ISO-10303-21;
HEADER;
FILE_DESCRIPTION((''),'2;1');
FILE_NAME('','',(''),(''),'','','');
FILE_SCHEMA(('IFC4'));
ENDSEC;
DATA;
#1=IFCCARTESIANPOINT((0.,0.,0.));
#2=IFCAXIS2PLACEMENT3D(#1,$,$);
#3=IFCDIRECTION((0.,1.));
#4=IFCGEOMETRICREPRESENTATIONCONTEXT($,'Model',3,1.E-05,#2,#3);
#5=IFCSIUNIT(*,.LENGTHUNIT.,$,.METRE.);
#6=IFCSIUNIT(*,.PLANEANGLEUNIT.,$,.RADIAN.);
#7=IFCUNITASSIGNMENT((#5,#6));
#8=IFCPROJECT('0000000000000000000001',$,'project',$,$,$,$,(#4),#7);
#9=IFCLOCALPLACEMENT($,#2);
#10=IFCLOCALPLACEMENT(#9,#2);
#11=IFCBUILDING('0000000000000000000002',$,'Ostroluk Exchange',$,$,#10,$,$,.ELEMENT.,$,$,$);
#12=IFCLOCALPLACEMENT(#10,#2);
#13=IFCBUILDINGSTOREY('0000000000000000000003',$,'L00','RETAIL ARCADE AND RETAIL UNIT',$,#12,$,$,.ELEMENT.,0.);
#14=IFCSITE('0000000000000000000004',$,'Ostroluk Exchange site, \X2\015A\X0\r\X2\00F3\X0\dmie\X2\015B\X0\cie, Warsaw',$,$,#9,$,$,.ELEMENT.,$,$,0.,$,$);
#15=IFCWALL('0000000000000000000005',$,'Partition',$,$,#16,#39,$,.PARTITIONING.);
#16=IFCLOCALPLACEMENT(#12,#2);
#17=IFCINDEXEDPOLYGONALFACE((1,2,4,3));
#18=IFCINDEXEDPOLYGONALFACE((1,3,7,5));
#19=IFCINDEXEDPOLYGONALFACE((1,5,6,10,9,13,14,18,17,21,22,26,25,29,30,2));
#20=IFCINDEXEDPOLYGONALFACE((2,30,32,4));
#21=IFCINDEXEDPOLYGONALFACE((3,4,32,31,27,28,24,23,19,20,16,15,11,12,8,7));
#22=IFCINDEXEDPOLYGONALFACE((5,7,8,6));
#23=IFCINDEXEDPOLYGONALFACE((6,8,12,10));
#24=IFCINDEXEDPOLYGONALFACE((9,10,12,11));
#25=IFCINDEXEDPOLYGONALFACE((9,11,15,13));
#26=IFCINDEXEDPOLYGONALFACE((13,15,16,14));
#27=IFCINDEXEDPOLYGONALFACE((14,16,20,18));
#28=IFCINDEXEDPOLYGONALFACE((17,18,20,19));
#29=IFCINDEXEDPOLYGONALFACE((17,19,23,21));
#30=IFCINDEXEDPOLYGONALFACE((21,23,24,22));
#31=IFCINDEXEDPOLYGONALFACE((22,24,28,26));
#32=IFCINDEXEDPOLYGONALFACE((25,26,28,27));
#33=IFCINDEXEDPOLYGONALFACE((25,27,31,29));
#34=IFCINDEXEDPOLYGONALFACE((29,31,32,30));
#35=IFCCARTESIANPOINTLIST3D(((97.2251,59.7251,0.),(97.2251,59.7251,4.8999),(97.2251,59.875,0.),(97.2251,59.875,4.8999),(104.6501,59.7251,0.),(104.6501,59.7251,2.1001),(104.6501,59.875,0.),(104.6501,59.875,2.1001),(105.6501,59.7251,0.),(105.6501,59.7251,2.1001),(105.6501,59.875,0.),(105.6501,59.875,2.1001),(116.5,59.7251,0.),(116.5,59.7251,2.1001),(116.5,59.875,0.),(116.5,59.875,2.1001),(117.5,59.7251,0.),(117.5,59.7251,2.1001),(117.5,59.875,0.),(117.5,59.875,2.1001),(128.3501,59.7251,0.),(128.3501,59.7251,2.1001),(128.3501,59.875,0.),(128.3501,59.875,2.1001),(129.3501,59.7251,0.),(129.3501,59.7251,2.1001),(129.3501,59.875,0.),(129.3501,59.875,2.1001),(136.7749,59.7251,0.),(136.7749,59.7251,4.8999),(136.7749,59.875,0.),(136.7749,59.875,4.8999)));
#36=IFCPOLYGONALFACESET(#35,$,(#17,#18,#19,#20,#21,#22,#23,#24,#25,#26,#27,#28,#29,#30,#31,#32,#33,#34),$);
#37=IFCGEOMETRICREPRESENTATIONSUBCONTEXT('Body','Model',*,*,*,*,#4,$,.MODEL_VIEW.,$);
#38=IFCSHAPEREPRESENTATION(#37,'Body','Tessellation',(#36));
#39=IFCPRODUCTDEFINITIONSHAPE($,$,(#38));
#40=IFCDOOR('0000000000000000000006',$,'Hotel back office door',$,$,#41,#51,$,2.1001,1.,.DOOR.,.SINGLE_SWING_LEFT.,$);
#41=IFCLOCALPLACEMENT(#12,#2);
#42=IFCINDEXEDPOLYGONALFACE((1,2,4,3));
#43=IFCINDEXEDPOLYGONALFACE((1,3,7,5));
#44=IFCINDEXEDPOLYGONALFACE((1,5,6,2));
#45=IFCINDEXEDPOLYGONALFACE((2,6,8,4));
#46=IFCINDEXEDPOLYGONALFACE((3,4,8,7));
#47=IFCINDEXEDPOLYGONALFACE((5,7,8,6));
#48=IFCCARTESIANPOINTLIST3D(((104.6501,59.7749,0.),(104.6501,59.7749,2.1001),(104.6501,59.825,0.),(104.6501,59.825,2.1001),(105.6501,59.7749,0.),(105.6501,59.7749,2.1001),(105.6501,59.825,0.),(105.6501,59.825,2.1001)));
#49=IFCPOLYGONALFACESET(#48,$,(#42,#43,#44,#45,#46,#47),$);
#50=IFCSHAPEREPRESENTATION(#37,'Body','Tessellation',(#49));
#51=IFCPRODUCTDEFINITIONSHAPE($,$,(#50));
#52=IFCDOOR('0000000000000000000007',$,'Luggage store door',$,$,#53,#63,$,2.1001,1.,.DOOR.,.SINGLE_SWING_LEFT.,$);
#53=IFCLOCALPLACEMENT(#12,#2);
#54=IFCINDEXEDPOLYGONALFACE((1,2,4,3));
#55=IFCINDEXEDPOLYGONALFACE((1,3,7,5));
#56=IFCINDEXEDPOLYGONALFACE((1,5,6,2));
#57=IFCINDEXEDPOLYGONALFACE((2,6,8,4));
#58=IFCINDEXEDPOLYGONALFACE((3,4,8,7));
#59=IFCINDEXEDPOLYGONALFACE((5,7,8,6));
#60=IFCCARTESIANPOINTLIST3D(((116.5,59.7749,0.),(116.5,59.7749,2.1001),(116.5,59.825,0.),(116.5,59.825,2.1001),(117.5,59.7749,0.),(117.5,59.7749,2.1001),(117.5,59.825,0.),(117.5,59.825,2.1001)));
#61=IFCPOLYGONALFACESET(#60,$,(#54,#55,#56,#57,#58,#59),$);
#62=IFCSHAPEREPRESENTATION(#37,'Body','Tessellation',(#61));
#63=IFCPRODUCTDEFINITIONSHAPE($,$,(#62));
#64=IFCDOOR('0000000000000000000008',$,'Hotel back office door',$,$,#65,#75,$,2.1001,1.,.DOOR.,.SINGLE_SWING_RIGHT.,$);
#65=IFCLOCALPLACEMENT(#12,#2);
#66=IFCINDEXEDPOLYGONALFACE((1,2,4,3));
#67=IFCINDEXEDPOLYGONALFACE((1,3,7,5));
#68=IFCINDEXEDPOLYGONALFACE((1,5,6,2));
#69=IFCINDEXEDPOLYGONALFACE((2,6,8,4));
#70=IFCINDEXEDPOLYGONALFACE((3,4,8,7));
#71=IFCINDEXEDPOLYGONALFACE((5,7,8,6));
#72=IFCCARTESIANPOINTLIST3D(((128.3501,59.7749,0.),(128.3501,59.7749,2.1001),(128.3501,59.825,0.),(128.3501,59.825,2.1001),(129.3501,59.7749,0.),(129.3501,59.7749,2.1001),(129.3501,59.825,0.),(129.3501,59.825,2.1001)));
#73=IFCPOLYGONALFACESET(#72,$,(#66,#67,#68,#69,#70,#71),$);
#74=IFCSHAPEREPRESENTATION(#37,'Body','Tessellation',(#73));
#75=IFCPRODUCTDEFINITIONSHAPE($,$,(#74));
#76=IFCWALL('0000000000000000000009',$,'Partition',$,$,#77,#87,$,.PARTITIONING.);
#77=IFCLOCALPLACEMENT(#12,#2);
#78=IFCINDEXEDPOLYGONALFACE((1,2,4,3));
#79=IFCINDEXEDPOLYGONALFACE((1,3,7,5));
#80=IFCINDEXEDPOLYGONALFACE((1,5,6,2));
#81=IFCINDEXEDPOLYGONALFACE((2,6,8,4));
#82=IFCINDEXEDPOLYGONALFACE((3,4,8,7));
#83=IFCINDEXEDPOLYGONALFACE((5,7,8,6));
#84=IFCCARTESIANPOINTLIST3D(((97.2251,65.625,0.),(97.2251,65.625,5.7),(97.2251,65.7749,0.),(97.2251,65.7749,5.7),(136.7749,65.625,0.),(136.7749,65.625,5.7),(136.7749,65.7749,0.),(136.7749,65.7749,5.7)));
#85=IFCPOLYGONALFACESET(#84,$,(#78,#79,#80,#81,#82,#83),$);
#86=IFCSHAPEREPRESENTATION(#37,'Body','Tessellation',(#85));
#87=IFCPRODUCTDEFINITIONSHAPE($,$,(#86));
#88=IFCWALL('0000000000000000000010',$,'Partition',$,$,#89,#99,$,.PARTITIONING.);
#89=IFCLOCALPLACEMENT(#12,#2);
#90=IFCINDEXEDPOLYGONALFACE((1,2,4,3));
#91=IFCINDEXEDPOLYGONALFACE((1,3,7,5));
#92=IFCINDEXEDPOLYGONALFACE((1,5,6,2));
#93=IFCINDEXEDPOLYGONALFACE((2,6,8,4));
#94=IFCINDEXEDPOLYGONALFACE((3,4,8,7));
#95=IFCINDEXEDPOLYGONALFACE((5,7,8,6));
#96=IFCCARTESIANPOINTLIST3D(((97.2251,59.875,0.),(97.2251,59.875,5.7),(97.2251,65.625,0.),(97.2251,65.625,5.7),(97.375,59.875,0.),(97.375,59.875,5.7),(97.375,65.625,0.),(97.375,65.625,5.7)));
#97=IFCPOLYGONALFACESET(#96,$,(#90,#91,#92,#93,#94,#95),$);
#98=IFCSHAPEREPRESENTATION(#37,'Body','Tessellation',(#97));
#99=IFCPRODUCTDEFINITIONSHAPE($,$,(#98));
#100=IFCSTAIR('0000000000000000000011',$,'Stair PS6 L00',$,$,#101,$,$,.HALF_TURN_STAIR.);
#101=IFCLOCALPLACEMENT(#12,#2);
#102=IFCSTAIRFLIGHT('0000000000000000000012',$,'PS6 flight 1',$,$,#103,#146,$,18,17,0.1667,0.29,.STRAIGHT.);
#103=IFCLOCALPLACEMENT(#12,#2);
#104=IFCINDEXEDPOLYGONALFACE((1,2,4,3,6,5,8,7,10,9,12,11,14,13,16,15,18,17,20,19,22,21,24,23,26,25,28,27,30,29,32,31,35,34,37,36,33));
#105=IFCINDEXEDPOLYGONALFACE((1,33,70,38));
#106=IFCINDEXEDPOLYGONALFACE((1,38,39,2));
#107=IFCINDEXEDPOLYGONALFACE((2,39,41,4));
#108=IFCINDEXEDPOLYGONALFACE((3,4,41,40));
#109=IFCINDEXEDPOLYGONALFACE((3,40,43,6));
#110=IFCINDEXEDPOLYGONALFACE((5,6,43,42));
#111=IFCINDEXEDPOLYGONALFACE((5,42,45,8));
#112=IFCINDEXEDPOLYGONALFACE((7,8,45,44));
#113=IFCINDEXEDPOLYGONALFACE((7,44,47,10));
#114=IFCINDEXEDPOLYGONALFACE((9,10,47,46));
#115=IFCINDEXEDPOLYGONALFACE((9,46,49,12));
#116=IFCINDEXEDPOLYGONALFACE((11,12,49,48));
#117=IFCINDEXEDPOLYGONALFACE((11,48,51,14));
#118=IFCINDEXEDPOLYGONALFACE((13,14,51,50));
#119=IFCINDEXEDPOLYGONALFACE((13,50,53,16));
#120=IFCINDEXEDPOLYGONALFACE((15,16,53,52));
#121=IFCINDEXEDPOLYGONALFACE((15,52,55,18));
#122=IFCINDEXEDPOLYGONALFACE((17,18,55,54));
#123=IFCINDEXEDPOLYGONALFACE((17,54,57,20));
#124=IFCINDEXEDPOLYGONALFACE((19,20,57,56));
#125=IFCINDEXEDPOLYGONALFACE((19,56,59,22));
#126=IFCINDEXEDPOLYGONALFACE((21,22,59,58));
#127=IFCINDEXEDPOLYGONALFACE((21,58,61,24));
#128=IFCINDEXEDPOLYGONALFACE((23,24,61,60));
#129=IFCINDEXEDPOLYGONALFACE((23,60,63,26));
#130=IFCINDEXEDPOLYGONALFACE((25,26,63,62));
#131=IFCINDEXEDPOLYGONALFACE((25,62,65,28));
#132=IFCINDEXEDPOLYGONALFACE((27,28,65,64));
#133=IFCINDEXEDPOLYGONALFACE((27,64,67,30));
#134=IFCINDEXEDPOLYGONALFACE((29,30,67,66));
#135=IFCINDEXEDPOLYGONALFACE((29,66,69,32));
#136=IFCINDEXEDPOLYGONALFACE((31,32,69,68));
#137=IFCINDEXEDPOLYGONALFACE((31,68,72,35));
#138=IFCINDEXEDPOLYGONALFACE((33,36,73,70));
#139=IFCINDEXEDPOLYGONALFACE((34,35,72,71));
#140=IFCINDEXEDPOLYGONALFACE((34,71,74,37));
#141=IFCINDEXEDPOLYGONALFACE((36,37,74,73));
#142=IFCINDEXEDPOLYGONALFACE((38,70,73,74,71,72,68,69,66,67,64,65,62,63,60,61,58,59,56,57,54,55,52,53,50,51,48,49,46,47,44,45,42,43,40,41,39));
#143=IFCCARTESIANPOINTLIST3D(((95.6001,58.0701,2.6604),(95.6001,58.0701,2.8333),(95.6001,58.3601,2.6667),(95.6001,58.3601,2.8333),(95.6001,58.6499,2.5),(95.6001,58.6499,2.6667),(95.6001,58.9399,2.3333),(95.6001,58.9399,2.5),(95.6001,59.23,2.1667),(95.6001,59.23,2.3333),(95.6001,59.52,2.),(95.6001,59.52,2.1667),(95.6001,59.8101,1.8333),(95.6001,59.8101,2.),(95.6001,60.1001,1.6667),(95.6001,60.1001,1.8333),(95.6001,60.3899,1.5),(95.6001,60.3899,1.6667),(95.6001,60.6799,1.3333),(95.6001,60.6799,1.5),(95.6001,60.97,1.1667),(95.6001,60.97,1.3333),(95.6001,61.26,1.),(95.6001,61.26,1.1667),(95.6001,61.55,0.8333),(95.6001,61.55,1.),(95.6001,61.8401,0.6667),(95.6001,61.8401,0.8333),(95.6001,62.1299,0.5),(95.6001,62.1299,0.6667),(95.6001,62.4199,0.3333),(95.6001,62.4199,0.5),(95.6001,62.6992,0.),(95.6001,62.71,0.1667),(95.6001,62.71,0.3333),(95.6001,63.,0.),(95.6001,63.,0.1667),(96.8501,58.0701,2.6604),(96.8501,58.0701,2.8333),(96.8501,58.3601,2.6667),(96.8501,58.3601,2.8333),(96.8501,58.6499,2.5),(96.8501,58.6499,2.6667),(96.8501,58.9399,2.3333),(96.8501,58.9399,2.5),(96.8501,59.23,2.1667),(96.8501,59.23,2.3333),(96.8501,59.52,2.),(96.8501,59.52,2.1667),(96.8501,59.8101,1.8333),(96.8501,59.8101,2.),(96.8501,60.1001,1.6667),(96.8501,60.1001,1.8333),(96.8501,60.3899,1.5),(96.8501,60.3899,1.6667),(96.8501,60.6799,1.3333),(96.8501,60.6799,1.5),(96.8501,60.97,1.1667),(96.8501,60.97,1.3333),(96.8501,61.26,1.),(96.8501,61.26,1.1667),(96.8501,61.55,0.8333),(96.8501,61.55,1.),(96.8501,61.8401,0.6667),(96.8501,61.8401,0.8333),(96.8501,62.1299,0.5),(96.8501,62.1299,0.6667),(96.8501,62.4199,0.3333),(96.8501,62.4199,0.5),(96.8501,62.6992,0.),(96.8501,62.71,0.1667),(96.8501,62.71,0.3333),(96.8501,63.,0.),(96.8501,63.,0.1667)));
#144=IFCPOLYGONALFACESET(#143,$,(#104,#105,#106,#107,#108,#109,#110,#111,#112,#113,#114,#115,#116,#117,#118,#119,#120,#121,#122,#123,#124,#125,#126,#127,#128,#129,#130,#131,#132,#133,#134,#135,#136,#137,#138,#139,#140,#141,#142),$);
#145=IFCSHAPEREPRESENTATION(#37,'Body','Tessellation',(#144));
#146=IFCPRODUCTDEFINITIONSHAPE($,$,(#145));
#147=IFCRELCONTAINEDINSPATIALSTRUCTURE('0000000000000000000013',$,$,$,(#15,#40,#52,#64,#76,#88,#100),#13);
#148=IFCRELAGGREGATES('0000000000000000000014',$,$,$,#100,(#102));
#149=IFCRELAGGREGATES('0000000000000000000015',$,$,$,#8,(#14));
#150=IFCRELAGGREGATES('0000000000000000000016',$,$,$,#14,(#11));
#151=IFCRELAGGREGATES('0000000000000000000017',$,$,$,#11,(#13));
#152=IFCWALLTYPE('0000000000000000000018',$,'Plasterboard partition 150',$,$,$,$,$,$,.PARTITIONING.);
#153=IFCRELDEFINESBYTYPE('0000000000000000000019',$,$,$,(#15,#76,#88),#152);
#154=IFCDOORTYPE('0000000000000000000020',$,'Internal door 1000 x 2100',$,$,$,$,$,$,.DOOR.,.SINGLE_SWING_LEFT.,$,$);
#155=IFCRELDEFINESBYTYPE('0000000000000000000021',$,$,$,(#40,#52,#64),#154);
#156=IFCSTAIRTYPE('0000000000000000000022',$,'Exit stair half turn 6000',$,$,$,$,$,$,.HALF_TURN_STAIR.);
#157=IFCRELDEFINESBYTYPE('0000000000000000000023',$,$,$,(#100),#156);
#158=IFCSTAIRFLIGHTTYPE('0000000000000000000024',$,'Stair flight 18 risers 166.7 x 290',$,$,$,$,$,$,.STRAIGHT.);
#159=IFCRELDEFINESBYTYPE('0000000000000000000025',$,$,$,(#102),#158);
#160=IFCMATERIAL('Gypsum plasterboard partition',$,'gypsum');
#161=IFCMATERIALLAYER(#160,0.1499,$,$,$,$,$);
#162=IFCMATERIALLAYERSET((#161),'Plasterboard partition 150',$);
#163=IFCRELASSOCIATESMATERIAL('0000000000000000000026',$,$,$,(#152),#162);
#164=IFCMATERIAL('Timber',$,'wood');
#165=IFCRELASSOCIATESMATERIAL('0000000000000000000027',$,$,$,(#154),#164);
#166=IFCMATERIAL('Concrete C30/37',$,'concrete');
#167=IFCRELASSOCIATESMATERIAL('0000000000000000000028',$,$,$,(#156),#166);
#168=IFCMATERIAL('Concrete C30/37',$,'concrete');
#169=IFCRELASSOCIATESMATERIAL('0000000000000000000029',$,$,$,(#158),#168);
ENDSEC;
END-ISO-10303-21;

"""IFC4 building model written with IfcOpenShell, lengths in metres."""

from ifc_helpers import new_model, si_unit, direction, frame, frame_2d, origin, place, context, subcontext, project, spatial, polyline, rectangle, outline, extrude, material, layer, layer_set, type_object, element, fill, aggregate, save


model = new_model("IFC4")

# Units and contexts
model_context = context("Model", 3, precision=1e-05, world=origin(), true_north=direction((0.0, 1.0)))
body_context = subcontext(model_context, "Body", "Model", "MODEL_VIEW")
ifc_project = project(units=[si_unit("LENGTHUNIT", "METRE"), si_unit("PLANEANGLEUNIT", "RADIAN")], contexts=[model_context])

# Site, building, storey
site_placement = place(None, origin())
site = spatial("IfcSite", under=ifc_project, at=site_placement, Name="Ostroluk Exchange site, Śródmieście, Warsaw", CompositionType="ELEMENT", RefElevation=0.0)
building_placement = place(site_placement, origin())
building = spatial("IfcBuilding", under=site, at=building_placement, Name="Ostroluk Exchange", CompositionType="ELEMENT")
storey_placement = place(building_placement, origin())
storey = spatial("IfcBuildingStorey", under=building, at=storey_placement, Name="L00", Description="RETAIL ARCADE AND RETAIL UNIT", CompositionType="ELEMENT", Elevation=0.0)

# Wall, openings, doors
ifc_material_1 = material(Name="Gypsum plasterboard partition", Category="gypsum")
ifc_layer_1 = layer(ifc_material_1, 0.1499)
ifc_layer_set_1 = layer_set([ifc_layer_1], Name="Plasterboard partition 150")
wall_type_1 = type_object("IfcWallType", Name="Plasterboard partition 150", PredefinedType="PARTITIONING", material=ifc_layer_set_1)
wall_1_placement = place(storey_placement, frame((97.2251, 59.8, 0.0), z_axis=(0.0, 0.0, 1.0), x_axis=(1.0, 0.0, 0.0)))
wall_1 = element("IfcWall", 1, at=wall_1_placement, inside=storey, type_object=wall_type_1, Name="Partition", PredefinedType="PARTITIONING", context=body_context, shape_type="SweptSolid", body=[
    extrude(rectangle(XDim=39.5498, YDim=0.1499, at=frame_2d((19.7749, 0.0))), origin(), (0.0, 0.0, 1.0), 4.8999),
])
opening_1_placement = place(wall_1_placement, frame((7.425, 0.0, 0.0)))
opening_1 = element("IfcOpeningElement", 2, at=opening_1_placement, cuts=wall_1, PredefinedType="OPENING", context=body_context, shape_type="SweptSolid", body=[
    extrude(rectangle(XDim=1.0, YDim=2.1001, at=frame_2d((0.5, 1.05))), frame((0.0, 0.085, 0.0), z_axis=(0.0, -1.0, 0.0), x_axis=(1.0, 0.0, 0.0)), (0.0, 0.0, 1.0), 0.1699),
])
opening_2_placement = place(wall_1_placement, frame((19.2749, 0.0, 0.0)))
opening_2 = element("IfcOpeningElement", 3, at=opening_2_placement, cuts=wall_1, PredefinedType="OPENING", context=body_context, shape_type="SweptSolid", body=[
    extrude(rectangle(XDim=1.0, YDim=2.1001, at=frame_2d((0.5, 1.05))), frame((0.0, 0.085, 0.0), z_axis=(0.0, -1.0, 0.0), x_axis=(1.0, 0.0, 0.0)), (0.0, 0.0, 1.0), 0.1699),
])
opening_3_placement = place(wall_1_placement, frame((31.125, 0.0, 0.0)))
opening_3 = element("IfcOpeningElement", 4, at=opening_3_placement, cuts=wall_1, PredefinedType="OPENING", context=body_context, shape_type="SweptSolid", body=[
    extrude(rectangle(XDim=1.0, YDim=2.1001, at=frame_2d((0.5, 1.05))), frame((0.0, 0.085, 0.0), z_axis=(0.0, -1.0, 0.0), x_axis=(1.0, 0.0, 0.0)), (0.0, 0.0, 1.0), 0.1699),
])
ifc_material_2 = material(Name="Timber", Category="wood")
door_type = type_object("IfcDoorType", Name="Internal door 1000 x 2100", OperationType="SINGLE_SWING_LEFT", PredefinedType="DOOR", material=ifc_material_2)
door_1_placement = place(opening_1_placement, origin())
door_1 = element("IfcDoor", 5, at=door_1_placement, inside=storey, type_object=door_type, Name="Hotel back office door", OperationType="SINGLE_SWING_LEFT", OverallHeight=2.1001, OverallWidth=1.0, PredefinedType="DOOR", context=body_context, shape_type="SweptSolid", body=[
    extrude(rectangle(XDim=1.0, YDim=2.1001, at=frame_2d((0.5, 1.05))), frame((0.0, 0.0249, 0.0), z_axis=(0.0, -1.0, 0.0), x_axis=(1.0, 0.0, 0.0)), (0.0, 0.0, 1.0), 0.05),
])
fill(opening_1, door_1)
door_2_placement = place(opening_2_placement, origin())
door_2 = element("IfcDoor", 6, at=door_2_placement, inside=storey, type_object=door_type, Name="Luggage store door", OperationType="SINGLE_SWING_LEFT", OverallHeight=2.1001, OverallWidth=1.0, PredefinedType="DOOR", context=body_context, shape_type="SweptSolid", body=[
    extrude(rectangle(XDim=1.0, YDim=2.1001, at=frame_2d((0.5, 1.05))), frame((0.0, 0.0249, 0.0), z_axis=(0.0, -1.0, 0.0), x_axis=(1.0, 0.0, 0.0)), (0.0, 0.0, 1.0), 0.05),
])
fill(opening_2, door_2)
door_3_placement = place(opening_3_placement, origin())
door_3 = element("IfcDoor", 7, at=door_3_placement, inside=storey, type_object=door_type, Name="Hotel back office door", OperationType="SINGLE_SWING_RIGHT", OverallHeight=2.1001, OverallWidth=1.0, PredefinedType="DOOR", context=body_context, shape_type="SweptSolid", body=[
    extrude(rectangle(XDim=1.0, YDim=2.1001, at=frame_2d((0.5, 1.05))), frame((0.0, 0.0249, 0.0), z_axis=(0.0, -1.0, 0.0), x_axis=(1.0, 0.0, 0.0)), (0.0, 0.0, 1.0), 0.05),
])
fill(opening_3, door_3)

# Walls
wall_2_placement = place(storey_placement, frame((97.2251, 65.7, 0.0), z_axis=(0.0, 0.0, 1.0), x_axis=(1.0, 0.0, 0.0)))
element("IfcWall", 8, at=wall_2_placement, inside=storey, type_object=wall_type_1, Name="Partition", PredefinedType="PARTITIONING", context=body_context, shape_type="SweptSolid", body=[
    extrude(rectangle(XDim=39.5498, YDim=0.1499, at=frame_2d((19.7749, 0.0))), origin(), (0.0, 0.0, 1.0), 5.7),
])
wall_3_placement = place(storey_placement, frame((97.3, 59.875, 0.0), z_axis=(0.0, 0.0, 1.0), x_axis=(0.0, 1.0, 0.0)))
element("IfcWall", 9, at=wall_3_placement, inside=storey, type_object=wall_type_1, Name="Partition", PredefinedType="PARTITIONING", context=body_context, shape_type="SweptSolid", body=[
    extrude(rectangle(XDim=5.75, YDim=0.1499, at=frame_2d((2.875, 0.0))), origin(), (0.0, 0.0, 1.0), 5.7),
])

# Stair, stair flight
ifc_material_3 = material(Name="Concrete C30/37", Category="concrete")
stair_type = type_object("IfcStairType", Name="Exit stair half turn 6000", PredefinedType="HALF_TURN_STAIR", material=ifc_material_3)
stair_placement = place(storey_placement, origin())
stair = element("IfcStair", 10, at=stair_placement, inside=storey, type_object=stair_type, Name="Stair PS6 L00", PredefinedType="HALF_TURN_STAIR")
ifc_material_4 = material(Name="Concrete C30/37", Category="concrete")
stair_flight_type = type_object("IfcStairFlightType", Name="Stair flight 18 risers 166.7 x 290", PredefinedType="STRAIGHT", material=ifc_material_4)
stair_flight_1_placement = place(storey_placement, frame((96.2251, 63.0, 0.0), z_axis=(0.0, 0.0, 1.0), x_axis=(0.0, -1.0, 0.0)))
stair_flight_1 = element("IfcStairFlight", 11, at=stair_flight_1_placement, type_object=stair_flight_type, Name="PS6 flight 1", NumberOfRisers=18, NumberOfTreads=17, PredefinedType="STRAIGHT", RiserHeight=0.1667, TreadLength=0.29, context=body_context, shape_type="SweptSolid", body=[
    extrude(outline(polyline([(0.0, 0.0), (0.0, 0.1667), (0.29, 0.1667), (0.29, 0.3333), (0.5801, 0.3333), (0.5801, 0.5), (0.8701, 0.5), (0.8701, 0.6667), (1.1599, 0.6667), (1.1599, 0.8333), (1.45, 0.8333), (1.45, 1.0), (1.74, 1.0), (1.74, 1.1667), (2.03, 1.1667), (2.03, 1.3333), (2.3201, 1.3333), (2.3201, 1.5), (2.6101, 1.5), (2.6101, 1.6667), (2.8999, 1.6667), (2.8999, 1.8333), (3.1899, 1.8333), (3.1899, 2.0), (3.48, 2.0), (3.48, 2.1667), (3.77, 2.1667), (3.77, 2.3333), (4.0601, 2.3333), (4.0601, 2.5), (4.3501, 2.5), (4.3501, 2.6667), (4.6399, 2.6667), (4.6399, 2.8333), (4.9299, 2.8333), (4.9299, 3.0), (4.9299, 2.6604), (0.3008, 0.0), (0.0, 0.0)])), frame((0.0, 0.625, 0.0), z_axis=(0.0, -1.0, 0.0), x_axis=(1.0, 0.0, 0.0)), (0.0, 0.0, 1.0), 1.25),
])
aggregate(stair, [stair_flight_1])

save(model, "model.ifc")
